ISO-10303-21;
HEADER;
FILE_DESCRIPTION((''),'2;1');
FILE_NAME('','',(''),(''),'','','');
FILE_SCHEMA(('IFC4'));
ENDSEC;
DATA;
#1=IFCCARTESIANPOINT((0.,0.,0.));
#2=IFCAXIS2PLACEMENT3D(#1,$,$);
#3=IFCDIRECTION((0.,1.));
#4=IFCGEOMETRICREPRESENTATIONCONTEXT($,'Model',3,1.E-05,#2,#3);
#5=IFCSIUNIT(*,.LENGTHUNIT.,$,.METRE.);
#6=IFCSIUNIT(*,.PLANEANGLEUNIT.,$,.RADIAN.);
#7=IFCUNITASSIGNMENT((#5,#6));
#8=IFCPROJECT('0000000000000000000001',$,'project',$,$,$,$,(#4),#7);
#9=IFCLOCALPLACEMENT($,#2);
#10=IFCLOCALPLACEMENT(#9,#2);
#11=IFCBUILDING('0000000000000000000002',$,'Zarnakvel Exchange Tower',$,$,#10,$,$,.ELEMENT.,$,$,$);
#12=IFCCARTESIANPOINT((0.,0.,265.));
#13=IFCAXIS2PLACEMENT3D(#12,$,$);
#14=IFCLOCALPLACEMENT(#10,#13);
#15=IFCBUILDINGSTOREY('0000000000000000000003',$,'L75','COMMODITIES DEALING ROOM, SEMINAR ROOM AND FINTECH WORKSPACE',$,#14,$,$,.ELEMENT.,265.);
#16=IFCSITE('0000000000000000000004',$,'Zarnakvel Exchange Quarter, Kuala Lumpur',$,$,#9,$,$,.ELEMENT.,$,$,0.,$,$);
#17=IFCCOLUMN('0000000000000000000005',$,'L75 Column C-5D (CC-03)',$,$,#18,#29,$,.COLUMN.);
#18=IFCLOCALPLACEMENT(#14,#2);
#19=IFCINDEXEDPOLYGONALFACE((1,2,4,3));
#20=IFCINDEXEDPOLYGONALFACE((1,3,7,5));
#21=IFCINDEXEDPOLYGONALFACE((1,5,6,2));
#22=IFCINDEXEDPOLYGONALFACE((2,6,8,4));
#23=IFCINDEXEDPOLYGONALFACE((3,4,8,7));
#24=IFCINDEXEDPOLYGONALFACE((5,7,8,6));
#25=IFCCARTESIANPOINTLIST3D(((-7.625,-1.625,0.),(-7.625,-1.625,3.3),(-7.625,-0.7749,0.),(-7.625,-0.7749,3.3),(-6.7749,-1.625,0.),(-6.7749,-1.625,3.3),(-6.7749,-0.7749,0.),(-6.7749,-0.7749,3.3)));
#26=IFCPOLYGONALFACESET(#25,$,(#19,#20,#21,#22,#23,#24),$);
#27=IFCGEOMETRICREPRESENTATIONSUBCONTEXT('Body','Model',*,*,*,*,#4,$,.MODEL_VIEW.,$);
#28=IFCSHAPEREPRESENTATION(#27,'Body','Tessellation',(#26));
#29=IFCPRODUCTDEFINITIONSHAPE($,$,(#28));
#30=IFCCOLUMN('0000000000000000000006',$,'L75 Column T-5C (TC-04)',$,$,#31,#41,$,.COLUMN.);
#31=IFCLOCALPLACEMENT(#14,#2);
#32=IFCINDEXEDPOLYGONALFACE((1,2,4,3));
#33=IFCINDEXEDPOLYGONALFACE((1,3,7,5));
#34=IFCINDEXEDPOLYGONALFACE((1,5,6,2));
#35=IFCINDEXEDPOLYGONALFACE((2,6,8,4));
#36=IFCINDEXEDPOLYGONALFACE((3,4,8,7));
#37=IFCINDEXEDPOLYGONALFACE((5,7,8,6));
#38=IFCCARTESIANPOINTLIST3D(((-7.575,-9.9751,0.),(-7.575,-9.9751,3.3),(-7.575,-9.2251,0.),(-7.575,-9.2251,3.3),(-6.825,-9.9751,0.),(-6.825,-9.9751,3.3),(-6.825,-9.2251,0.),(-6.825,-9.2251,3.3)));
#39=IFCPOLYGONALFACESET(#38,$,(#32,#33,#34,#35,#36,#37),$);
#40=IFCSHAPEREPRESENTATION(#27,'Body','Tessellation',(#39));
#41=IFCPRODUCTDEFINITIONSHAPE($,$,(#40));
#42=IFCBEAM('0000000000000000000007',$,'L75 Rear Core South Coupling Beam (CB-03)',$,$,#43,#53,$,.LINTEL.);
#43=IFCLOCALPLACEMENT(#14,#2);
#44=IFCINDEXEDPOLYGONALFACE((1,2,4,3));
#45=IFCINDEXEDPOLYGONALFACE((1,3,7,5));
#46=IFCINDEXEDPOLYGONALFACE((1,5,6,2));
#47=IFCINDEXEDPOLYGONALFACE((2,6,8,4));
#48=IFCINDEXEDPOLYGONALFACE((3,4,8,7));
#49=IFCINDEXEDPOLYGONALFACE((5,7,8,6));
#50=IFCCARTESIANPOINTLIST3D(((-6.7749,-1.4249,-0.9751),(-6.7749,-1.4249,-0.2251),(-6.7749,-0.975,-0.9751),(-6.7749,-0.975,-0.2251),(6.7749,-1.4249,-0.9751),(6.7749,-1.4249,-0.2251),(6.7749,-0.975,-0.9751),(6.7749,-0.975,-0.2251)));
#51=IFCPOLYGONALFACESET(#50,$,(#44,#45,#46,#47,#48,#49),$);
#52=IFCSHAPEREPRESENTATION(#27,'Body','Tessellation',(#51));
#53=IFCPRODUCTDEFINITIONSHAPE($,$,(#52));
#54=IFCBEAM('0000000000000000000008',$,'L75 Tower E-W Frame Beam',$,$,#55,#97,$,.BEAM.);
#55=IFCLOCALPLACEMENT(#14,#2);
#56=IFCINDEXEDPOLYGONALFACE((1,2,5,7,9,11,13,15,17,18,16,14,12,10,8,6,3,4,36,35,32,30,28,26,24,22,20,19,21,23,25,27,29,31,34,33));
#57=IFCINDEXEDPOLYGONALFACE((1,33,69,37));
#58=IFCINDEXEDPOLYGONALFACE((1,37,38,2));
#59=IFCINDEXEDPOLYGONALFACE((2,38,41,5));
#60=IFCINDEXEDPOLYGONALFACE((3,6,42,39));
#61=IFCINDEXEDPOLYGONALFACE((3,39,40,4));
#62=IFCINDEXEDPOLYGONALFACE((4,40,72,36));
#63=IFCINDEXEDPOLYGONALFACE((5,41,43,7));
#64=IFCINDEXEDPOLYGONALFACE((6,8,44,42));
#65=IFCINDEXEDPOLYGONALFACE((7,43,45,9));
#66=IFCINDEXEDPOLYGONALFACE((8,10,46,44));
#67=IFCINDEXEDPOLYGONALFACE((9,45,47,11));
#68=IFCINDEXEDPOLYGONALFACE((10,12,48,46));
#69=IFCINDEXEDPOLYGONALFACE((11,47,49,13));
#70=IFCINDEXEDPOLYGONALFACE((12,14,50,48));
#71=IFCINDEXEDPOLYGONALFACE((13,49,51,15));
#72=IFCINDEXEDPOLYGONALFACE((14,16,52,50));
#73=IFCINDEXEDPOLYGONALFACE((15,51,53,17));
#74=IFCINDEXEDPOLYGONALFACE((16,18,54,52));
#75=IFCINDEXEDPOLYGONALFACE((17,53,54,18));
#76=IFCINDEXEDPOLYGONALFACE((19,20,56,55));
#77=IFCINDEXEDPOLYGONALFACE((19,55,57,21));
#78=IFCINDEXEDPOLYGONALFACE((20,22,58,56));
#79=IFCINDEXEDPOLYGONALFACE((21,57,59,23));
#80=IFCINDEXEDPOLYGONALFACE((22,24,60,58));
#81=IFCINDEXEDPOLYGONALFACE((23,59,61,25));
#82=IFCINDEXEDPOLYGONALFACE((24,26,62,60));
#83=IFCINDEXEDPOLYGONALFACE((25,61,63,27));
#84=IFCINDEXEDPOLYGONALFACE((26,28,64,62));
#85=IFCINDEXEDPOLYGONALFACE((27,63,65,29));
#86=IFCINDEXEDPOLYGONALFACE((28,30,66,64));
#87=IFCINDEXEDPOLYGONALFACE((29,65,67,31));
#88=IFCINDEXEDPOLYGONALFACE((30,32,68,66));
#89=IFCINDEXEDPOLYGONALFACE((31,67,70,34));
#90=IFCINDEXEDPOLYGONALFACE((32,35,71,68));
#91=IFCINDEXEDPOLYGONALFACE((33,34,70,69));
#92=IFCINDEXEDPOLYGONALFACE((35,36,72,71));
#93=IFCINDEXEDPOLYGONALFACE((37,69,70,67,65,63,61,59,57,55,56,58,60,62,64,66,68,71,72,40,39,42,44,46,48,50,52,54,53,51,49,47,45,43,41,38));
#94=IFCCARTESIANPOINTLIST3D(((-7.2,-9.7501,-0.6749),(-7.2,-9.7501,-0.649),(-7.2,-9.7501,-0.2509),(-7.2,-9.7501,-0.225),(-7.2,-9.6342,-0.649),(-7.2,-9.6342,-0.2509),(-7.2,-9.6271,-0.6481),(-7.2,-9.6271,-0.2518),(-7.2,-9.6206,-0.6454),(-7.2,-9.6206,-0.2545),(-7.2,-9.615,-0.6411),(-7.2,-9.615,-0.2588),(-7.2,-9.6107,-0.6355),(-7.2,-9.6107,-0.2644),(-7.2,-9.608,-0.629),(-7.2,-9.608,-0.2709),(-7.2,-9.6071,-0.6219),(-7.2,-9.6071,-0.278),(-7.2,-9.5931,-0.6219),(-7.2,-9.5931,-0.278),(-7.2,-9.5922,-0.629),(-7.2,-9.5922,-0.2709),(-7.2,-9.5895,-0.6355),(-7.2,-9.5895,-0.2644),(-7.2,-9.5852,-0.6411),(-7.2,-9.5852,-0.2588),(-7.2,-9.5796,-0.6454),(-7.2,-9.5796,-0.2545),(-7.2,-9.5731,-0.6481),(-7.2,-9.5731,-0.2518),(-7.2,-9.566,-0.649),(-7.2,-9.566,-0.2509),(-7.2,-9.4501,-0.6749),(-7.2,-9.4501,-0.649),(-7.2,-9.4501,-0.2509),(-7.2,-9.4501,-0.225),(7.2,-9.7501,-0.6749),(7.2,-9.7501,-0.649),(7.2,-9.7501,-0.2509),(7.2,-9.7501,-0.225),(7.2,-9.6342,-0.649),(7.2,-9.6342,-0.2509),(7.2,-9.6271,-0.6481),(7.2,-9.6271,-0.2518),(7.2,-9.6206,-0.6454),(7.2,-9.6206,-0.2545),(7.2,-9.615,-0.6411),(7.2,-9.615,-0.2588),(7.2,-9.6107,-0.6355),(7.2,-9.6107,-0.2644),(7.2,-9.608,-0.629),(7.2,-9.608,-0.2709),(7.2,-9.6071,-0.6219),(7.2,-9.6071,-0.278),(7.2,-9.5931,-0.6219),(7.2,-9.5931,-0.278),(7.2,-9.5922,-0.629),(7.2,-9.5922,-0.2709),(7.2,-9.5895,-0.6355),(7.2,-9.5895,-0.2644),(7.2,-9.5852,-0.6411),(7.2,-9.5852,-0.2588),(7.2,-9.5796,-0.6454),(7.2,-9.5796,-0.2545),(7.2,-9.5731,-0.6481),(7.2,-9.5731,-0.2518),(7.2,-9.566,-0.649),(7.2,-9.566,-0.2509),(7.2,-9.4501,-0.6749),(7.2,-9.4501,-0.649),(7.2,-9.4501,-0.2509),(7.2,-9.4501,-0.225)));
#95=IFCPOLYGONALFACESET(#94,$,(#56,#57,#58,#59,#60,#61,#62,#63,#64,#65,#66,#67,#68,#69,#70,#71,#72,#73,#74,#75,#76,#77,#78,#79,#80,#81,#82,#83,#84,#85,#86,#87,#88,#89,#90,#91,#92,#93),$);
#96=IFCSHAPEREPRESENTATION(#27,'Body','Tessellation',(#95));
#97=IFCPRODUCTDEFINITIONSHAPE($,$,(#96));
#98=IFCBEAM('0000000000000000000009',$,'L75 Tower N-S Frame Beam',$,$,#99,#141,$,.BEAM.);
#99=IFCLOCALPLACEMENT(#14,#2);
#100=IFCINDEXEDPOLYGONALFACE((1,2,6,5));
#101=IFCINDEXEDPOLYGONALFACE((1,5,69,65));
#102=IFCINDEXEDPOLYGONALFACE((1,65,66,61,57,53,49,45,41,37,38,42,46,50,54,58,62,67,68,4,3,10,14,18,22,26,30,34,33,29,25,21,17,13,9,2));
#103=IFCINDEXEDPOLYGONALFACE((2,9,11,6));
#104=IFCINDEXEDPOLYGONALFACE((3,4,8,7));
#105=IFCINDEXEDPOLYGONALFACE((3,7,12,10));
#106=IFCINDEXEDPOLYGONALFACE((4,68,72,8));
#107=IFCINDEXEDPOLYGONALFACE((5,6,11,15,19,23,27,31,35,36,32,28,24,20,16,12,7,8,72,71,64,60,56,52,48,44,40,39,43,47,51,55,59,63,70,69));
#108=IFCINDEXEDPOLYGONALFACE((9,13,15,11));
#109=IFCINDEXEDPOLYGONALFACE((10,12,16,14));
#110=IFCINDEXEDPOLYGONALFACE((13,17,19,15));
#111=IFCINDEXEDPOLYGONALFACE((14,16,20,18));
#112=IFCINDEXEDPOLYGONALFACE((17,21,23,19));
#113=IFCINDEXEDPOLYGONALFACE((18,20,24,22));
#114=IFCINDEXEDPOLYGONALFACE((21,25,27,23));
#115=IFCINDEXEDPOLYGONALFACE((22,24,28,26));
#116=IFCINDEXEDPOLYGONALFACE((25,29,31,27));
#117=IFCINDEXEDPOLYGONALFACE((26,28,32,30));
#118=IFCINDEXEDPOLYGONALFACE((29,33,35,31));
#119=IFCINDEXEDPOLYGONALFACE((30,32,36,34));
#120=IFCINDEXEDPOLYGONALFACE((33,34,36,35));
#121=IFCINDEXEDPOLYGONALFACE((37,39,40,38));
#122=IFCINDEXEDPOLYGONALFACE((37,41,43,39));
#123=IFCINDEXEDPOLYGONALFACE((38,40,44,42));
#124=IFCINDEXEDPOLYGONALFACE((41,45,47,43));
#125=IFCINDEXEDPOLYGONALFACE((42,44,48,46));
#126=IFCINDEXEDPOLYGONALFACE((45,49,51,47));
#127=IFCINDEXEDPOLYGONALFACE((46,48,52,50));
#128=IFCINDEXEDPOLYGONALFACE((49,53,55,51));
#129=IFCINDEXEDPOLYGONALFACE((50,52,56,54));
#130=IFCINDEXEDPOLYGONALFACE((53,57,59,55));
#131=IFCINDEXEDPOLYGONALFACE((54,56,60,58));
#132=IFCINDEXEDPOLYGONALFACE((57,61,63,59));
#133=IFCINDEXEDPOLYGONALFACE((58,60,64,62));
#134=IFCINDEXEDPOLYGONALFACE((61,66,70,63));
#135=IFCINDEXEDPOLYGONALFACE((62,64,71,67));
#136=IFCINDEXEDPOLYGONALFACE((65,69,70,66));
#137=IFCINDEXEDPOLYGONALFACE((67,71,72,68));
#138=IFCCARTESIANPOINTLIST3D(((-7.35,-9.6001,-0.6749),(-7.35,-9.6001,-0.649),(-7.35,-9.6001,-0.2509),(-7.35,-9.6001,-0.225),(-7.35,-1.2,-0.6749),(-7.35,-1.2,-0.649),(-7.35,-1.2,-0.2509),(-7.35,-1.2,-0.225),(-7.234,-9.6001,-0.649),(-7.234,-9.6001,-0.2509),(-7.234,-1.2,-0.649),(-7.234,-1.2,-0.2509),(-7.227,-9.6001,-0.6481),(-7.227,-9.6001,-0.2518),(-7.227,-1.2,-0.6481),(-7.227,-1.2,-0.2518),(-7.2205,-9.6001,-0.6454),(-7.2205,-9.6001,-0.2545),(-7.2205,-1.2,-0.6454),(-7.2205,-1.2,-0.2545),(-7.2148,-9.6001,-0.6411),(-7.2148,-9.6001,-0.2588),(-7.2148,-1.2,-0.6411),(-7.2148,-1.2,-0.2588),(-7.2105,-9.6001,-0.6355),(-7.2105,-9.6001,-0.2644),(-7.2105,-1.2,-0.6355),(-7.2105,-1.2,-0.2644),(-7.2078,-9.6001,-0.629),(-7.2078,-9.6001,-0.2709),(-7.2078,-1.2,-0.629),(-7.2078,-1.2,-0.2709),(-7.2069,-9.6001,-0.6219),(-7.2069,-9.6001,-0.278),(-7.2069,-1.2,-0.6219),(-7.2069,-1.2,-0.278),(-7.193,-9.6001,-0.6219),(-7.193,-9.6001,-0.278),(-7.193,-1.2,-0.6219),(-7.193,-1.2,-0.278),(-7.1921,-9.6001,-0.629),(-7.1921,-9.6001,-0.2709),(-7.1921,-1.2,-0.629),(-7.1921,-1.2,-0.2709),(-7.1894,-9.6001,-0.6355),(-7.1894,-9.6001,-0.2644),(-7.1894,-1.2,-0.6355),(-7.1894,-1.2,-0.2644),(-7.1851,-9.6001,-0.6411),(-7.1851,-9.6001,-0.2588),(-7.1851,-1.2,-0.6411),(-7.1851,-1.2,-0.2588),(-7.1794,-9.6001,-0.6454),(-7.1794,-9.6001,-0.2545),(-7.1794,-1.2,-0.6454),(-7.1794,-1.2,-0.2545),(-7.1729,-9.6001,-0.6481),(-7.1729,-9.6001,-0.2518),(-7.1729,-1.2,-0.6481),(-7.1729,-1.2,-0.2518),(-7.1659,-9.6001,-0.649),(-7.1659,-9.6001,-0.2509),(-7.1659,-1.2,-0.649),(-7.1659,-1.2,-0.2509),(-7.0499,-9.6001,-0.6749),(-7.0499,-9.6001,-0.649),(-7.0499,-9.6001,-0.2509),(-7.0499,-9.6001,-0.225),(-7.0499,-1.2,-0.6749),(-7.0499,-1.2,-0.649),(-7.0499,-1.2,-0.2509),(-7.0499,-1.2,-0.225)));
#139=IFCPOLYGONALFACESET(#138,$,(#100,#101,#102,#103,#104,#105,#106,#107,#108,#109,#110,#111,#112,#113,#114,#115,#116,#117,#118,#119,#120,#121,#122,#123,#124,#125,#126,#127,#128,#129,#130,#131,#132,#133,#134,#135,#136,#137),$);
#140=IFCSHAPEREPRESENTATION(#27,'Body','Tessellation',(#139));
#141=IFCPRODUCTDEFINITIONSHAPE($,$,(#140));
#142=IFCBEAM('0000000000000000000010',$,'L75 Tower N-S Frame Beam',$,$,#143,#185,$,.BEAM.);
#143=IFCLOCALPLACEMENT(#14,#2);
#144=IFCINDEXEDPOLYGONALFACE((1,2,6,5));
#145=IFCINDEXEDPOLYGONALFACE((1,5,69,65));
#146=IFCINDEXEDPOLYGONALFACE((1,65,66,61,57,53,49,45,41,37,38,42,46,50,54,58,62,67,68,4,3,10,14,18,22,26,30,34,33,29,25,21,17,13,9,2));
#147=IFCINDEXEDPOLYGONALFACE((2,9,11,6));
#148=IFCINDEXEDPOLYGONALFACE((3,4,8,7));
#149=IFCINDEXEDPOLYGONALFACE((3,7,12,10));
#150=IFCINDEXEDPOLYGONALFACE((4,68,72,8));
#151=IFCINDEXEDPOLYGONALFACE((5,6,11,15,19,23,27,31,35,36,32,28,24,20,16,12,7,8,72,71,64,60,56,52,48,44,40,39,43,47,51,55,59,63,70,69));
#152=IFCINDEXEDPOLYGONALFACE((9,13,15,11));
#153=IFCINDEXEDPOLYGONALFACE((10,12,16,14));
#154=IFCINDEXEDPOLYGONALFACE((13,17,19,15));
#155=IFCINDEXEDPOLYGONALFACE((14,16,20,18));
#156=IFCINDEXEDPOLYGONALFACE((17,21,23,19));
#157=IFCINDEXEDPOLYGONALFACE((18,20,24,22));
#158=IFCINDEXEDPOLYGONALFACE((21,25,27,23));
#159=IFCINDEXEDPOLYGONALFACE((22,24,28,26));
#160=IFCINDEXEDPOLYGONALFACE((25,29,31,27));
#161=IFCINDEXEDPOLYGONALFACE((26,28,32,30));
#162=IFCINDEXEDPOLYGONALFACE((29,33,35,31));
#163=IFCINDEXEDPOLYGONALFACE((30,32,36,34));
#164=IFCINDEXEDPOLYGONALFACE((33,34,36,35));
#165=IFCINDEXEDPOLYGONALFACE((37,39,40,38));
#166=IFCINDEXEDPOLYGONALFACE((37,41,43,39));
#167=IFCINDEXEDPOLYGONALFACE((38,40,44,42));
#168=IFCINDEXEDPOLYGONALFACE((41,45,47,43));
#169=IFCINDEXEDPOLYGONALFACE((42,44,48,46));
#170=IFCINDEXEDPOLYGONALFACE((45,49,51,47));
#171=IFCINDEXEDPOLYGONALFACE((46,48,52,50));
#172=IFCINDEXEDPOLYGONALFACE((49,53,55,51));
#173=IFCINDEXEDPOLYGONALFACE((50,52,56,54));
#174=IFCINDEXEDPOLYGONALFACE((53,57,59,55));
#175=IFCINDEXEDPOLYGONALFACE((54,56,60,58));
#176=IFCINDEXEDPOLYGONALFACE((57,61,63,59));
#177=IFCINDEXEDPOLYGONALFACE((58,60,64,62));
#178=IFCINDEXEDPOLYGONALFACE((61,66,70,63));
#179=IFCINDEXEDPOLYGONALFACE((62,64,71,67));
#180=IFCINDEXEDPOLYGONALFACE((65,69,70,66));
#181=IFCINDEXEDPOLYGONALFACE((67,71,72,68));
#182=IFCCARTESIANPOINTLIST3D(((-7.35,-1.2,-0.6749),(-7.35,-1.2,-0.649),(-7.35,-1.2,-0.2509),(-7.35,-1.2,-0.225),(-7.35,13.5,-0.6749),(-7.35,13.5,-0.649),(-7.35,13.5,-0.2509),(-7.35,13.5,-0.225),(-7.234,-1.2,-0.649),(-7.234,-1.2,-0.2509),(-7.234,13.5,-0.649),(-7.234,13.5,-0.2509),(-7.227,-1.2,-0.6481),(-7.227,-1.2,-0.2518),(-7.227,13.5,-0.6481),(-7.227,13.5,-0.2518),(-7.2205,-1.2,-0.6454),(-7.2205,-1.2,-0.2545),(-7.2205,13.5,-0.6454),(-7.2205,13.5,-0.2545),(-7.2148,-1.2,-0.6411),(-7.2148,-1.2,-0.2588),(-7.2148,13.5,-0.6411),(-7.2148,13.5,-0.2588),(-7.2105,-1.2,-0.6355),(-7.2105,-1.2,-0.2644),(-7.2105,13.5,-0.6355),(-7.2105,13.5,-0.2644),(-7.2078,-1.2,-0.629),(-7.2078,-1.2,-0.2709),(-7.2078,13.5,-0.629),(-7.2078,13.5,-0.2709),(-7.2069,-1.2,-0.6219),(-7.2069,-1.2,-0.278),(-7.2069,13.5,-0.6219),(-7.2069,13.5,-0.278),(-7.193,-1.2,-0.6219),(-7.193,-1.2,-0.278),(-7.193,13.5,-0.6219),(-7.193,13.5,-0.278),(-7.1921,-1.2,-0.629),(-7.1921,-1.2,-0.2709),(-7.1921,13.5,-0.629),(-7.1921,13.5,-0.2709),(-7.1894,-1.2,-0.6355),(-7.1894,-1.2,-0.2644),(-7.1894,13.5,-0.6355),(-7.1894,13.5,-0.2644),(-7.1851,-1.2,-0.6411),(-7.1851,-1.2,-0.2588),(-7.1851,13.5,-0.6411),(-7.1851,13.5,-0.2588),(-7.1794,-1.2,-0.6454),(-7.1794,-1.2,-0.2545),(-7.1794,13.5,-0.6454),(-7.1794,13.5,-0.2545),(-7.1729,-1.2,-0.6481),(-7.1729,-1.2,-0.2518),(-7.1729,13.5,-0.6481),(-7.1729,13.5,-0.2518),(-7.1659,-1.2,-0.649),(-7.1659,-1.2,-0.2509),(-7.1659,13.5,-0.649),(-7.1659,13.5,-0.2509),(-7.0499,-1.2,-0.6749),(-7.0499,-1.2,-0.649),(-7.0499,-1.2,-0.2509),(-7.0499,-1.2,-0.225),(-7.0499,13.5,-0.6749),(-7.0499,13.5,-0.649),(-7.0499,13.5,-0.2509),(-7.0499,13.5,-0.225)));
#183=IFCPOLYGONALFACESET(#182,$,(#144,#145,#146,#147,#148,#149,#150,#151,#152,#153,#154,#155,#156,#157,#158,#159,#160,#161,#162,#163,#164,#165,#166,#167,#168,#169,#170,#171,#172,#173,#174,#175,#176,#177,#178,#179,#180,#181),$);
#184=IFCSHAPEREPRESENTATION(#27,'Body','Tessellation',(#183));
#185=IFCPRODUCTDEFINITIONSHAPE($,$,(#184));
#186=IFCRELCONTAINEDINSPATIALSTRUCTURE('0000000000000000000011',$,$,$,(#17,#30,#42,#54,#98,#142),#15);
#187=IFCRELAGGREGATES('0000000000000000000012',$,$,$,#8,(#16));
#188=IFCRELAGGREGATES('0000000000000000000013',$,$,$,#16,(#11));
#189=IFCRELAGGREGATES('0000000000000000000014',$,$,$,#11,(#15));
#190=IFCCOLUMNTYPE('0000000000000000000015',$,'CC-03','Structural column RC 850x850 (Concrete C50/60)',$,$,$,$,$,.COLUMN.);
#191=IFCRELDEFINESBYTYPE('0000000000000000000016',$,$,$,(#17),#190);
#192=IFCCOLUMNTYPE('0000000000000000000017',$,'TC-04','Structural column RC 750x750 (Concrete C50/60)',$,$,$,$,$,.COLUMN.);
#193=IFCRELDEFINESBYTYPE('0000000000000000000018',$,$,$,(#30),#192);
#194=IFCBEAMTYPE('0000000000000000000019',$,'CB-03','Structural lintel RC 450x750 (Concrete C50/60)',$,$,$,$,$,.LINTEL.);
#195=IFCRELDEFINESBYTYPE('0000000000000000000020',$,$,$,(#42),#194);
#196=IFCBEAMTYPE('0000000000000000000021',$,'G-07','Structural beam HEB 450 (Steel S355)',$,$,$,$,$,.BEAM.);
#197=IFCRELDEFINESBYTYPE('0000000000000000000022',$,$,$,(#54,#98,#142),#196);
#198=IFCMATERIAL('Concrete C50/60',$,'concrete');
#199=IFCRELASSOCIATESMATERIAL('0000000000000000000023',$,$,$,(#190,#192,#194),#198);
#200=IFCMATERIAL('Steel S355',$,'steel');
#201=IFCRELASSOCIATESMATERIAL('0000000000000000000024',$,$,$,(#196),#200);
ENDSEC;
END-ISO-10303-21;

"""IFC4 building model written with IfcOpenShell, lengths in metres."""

from ifc_helpers import new_model, si_unit, direction, frame, origin, origin_2d, place, context, subcontext, project, spatial, rectangle, i_section, extrude, material, material_profile, profile_set, type_object, element, save


model = new_model("IFC4")

# Units and contexts
model_context = context("Model", 3, precision=1e-05, world=origin(), true_north=direction((0.0, 1.0)))
body_context = subcontext(model_context, "Body", "Model", "MODEL_VIEW")
ifc_project = project(units=[si_unit("LENGTHUNIT", "METRE"), si_unit("PLANEANGLEUNIT", "RADIAN")], contexts=[model_context])

# Site, building, storey
site_placement = place(None, origin())
site = spatial("IfcSite", under=ifc_project, at=site_placement, Name="Zarnakvel Exchange Quarter, Kuala Lumpur", CompositionType="ELEMENT", RefElevation=0.0)
building_placement = place(site_placement, origin())
building = spatial("IfcBuilding", under=site, at=building_placement, Name="Zarnakvel Exchange Tower", CompositionType="ELEMENT")
storey_placement = place(building_placement, frame((0.0, 0.0, 265.0)))
storey = spatial("IfcBuildingStorey", under=building, at=storey_placement, Name="L75", Description="COMMODITIES DEALING ROOM, SEMINAR ROOM AND FINTECH WORKSPACE", CompositionType="ELEMENT", Elevation=265.0)

# Columns
ifc_material_1 = material(Name="Concrete C50/60", Category="concrete")
ifc_material_profile_1 = material_profile(ifc_material_1, rectangle(XDim=0.8501, YDim=0.8501, at=origin_2d()))
ifc_profile_set_1 = profile_set([ifc_material_profile_1], Name="Concrete C50/60")
column_type_1 = type_object("IfcColumnType", Name="CC-03", Description="Structural column RC 850x850 (Concrete C50/60)", PredefinedType="COLUMN", material=ifc_profile_set_1)
column_1_placement = place(storey_placement, frame((-7.2, -1.2, 0.0), z_axis=(0.0, 0.0, 1.0), x_axis=(1.0, 0.0, 0.0)))
element("IfcColumn", 1, at=column_1_placement, inside=storey, type_object=column_type_1, Name="L75 Column C-5D (CC-03)", PredefinedType="COLUMN", context=body_context, shape_type="SweptSolid", body=[
    extrude(rectangle(XDim=0.8501, YDim=0.8501, at=origin_2d()), origin(), (0.0, 0.0, 1.0), 3.3),
])
ifc_material_profile_2 = material_profile(ifc_material_1, rectangle(XDim=0.75, YDim=0.75, at=origin_2d()))
ifc_profile_set_2 = profile_set([ifc_material_profile_2], Name="Concrete C50/60")
column_type_2 = type_object("IfcColumnType", Name="TC-04", Description="Structural column RC 750x750 (Concrete C50/60)", PredefinedType="COLUMN", material=ifc_profile_set_2)
column_2_placement = place(storey_placement, frame((-7.2, -9.6001, 0.0), z_axis=(0.0, 0.0, 1.0), x_axis=(1.0, 0.0, 0.0)))
element("IfcColumn", 2, at=column_2_placement, inside=storey, type_object=column_type_2, Name="L75 Column T-5C (TC-04)", PredefinedType="COLUMN", context=body_context, shape_type="SweptSolid", body=[
    extrude(rectangle(XDim=0.75, YDim=0.75, at=origin_2d()), origin(), (0.0, 0.0, 1.0), 3.3),
])

# Beams
ifc_material_profile_3 = material_profile(ifc_material_1, rectangle(XDim=0.45, YDim=0.75, at=origin_2d()))
ifc_profile_set_3 = profile_set([ifc_material_profile_3], Name="Concrete C50/60")
beam_type_1 = type_object("IfcBeamType", Name="CB-03", Description="Structural lintel RC 450x750 (Concrete C50/60)", PredefinedType="LINTEL", material=ifc_profile_set_3)
beam_1_placement = place(storey_placement, frame((-6.7749, -1.2, -0.6001), z_axis=(1.0, 0.0, 0.0), x_axis=(0.0, 1.0, 0.0)))
element("IfcBeam", 3, at=beam_1_placement, inside=storey, type_object=beam_type_1, Name="L75 Rear Core South Coupling Beam (CB-03)", PredefinedType="LINTEL", context=body_context, shape_type="SweptSolid", body=[
    extrude(rectangle(XDim=0.45, YDim=0.75, at=origin_2d()), origin(), (0.0, 0.0, 1.0), 13.5498),
])
ifc_material_2 = material(Name="Steel S355", Category="steel")
ifc_material_profile_4 = material_profile(ifc_material_2, i_section(OverallWidth=0.3, OverallDepth=0.45, WebThickness=0.0139, FlangeThickness=0.0259, FilletRadius=0.0271, at=origin_2d()))
ifc_profile_set_4 = profile_set([ifc_material_profile_4], Name="Steel S355")
beam_type_2 = type_object("IfcBeamType", Name="G-07", Description="Structural beam HEB 450 (Steel S355)", PredefinedType="BEAM", material=ifc_profile_set_4)
beam_2_placement = place(storey_placement, frame((-7.2, -9.6001, -0.45), z_axis=(1.0, 0.0, 0.0), x_axis=(0.0, 1.0, 0.0)))
element("IfcBeam", 4, at=beam_2_placement, inside=storey, type_object=beam_type_2, Name="L75 Tower E-W Frame Beam", PredefinedType="BEAM", context=body_context, shape_type="SweptSolid", body=[
    extrude(i_section(OverallWidth=0.3, OverallDepth=0.45, WebThickness=0.0139, FlangeThickness=0.0259, FilletRadius=0.0271, at=origin_2d()), origin(), (0.0, 0.0, 1.0), 14.3999),
])
beam_3_placement = place(storey_placement, frame((-7.2, -9.6001, -0.45), z_axis=(0.0, 1.0, 0.0), x_axis=(-1.0, 0.0, 0.0)))
element("IfcBeam", 5, at=beam_3_placement, inside=storey, type_object=beam_type_2, Name="L75 Tower N-S Frame Beam", PredefinedType="BEAM", context=body_context, shape_type="SweptSolid", body=[
    extrude(i_section(OverallWidth=0.3, OverallDepth=0.45, WebThickness=0.0139, FlangeThickness=0.0259, FilletRadius=0.0271, at=origin_2d()), origin(), (0.0, 0.0, 1.0), 8.4001),
])
beam_4_placement = place(storey_placement, frame((-7.2, -1.2, -0.45), z_axis=(0.0, 1.0, 0.0), x_axis=(-1.0, 0.0, 0.0)))
element("IfcBeam", 6, at=beam_4_placement, inside=storey, type_object=beam_type_2, Name="L75 Tower N-S Frame Beam", PredefinedType="BEAM", context=body_context, shape_type="SweptSolid", body=[
    extrude(i_section(OverallWidth=0.3, OverallDepth=0.45, WebThickness=0.0139, FlangeThickness=0.0259, FilletRadius=0.0271, at=origin_2d()), origin(), (0.0, 0.0, 1.0), 14.7),
])

save(model, "model.ifc")
